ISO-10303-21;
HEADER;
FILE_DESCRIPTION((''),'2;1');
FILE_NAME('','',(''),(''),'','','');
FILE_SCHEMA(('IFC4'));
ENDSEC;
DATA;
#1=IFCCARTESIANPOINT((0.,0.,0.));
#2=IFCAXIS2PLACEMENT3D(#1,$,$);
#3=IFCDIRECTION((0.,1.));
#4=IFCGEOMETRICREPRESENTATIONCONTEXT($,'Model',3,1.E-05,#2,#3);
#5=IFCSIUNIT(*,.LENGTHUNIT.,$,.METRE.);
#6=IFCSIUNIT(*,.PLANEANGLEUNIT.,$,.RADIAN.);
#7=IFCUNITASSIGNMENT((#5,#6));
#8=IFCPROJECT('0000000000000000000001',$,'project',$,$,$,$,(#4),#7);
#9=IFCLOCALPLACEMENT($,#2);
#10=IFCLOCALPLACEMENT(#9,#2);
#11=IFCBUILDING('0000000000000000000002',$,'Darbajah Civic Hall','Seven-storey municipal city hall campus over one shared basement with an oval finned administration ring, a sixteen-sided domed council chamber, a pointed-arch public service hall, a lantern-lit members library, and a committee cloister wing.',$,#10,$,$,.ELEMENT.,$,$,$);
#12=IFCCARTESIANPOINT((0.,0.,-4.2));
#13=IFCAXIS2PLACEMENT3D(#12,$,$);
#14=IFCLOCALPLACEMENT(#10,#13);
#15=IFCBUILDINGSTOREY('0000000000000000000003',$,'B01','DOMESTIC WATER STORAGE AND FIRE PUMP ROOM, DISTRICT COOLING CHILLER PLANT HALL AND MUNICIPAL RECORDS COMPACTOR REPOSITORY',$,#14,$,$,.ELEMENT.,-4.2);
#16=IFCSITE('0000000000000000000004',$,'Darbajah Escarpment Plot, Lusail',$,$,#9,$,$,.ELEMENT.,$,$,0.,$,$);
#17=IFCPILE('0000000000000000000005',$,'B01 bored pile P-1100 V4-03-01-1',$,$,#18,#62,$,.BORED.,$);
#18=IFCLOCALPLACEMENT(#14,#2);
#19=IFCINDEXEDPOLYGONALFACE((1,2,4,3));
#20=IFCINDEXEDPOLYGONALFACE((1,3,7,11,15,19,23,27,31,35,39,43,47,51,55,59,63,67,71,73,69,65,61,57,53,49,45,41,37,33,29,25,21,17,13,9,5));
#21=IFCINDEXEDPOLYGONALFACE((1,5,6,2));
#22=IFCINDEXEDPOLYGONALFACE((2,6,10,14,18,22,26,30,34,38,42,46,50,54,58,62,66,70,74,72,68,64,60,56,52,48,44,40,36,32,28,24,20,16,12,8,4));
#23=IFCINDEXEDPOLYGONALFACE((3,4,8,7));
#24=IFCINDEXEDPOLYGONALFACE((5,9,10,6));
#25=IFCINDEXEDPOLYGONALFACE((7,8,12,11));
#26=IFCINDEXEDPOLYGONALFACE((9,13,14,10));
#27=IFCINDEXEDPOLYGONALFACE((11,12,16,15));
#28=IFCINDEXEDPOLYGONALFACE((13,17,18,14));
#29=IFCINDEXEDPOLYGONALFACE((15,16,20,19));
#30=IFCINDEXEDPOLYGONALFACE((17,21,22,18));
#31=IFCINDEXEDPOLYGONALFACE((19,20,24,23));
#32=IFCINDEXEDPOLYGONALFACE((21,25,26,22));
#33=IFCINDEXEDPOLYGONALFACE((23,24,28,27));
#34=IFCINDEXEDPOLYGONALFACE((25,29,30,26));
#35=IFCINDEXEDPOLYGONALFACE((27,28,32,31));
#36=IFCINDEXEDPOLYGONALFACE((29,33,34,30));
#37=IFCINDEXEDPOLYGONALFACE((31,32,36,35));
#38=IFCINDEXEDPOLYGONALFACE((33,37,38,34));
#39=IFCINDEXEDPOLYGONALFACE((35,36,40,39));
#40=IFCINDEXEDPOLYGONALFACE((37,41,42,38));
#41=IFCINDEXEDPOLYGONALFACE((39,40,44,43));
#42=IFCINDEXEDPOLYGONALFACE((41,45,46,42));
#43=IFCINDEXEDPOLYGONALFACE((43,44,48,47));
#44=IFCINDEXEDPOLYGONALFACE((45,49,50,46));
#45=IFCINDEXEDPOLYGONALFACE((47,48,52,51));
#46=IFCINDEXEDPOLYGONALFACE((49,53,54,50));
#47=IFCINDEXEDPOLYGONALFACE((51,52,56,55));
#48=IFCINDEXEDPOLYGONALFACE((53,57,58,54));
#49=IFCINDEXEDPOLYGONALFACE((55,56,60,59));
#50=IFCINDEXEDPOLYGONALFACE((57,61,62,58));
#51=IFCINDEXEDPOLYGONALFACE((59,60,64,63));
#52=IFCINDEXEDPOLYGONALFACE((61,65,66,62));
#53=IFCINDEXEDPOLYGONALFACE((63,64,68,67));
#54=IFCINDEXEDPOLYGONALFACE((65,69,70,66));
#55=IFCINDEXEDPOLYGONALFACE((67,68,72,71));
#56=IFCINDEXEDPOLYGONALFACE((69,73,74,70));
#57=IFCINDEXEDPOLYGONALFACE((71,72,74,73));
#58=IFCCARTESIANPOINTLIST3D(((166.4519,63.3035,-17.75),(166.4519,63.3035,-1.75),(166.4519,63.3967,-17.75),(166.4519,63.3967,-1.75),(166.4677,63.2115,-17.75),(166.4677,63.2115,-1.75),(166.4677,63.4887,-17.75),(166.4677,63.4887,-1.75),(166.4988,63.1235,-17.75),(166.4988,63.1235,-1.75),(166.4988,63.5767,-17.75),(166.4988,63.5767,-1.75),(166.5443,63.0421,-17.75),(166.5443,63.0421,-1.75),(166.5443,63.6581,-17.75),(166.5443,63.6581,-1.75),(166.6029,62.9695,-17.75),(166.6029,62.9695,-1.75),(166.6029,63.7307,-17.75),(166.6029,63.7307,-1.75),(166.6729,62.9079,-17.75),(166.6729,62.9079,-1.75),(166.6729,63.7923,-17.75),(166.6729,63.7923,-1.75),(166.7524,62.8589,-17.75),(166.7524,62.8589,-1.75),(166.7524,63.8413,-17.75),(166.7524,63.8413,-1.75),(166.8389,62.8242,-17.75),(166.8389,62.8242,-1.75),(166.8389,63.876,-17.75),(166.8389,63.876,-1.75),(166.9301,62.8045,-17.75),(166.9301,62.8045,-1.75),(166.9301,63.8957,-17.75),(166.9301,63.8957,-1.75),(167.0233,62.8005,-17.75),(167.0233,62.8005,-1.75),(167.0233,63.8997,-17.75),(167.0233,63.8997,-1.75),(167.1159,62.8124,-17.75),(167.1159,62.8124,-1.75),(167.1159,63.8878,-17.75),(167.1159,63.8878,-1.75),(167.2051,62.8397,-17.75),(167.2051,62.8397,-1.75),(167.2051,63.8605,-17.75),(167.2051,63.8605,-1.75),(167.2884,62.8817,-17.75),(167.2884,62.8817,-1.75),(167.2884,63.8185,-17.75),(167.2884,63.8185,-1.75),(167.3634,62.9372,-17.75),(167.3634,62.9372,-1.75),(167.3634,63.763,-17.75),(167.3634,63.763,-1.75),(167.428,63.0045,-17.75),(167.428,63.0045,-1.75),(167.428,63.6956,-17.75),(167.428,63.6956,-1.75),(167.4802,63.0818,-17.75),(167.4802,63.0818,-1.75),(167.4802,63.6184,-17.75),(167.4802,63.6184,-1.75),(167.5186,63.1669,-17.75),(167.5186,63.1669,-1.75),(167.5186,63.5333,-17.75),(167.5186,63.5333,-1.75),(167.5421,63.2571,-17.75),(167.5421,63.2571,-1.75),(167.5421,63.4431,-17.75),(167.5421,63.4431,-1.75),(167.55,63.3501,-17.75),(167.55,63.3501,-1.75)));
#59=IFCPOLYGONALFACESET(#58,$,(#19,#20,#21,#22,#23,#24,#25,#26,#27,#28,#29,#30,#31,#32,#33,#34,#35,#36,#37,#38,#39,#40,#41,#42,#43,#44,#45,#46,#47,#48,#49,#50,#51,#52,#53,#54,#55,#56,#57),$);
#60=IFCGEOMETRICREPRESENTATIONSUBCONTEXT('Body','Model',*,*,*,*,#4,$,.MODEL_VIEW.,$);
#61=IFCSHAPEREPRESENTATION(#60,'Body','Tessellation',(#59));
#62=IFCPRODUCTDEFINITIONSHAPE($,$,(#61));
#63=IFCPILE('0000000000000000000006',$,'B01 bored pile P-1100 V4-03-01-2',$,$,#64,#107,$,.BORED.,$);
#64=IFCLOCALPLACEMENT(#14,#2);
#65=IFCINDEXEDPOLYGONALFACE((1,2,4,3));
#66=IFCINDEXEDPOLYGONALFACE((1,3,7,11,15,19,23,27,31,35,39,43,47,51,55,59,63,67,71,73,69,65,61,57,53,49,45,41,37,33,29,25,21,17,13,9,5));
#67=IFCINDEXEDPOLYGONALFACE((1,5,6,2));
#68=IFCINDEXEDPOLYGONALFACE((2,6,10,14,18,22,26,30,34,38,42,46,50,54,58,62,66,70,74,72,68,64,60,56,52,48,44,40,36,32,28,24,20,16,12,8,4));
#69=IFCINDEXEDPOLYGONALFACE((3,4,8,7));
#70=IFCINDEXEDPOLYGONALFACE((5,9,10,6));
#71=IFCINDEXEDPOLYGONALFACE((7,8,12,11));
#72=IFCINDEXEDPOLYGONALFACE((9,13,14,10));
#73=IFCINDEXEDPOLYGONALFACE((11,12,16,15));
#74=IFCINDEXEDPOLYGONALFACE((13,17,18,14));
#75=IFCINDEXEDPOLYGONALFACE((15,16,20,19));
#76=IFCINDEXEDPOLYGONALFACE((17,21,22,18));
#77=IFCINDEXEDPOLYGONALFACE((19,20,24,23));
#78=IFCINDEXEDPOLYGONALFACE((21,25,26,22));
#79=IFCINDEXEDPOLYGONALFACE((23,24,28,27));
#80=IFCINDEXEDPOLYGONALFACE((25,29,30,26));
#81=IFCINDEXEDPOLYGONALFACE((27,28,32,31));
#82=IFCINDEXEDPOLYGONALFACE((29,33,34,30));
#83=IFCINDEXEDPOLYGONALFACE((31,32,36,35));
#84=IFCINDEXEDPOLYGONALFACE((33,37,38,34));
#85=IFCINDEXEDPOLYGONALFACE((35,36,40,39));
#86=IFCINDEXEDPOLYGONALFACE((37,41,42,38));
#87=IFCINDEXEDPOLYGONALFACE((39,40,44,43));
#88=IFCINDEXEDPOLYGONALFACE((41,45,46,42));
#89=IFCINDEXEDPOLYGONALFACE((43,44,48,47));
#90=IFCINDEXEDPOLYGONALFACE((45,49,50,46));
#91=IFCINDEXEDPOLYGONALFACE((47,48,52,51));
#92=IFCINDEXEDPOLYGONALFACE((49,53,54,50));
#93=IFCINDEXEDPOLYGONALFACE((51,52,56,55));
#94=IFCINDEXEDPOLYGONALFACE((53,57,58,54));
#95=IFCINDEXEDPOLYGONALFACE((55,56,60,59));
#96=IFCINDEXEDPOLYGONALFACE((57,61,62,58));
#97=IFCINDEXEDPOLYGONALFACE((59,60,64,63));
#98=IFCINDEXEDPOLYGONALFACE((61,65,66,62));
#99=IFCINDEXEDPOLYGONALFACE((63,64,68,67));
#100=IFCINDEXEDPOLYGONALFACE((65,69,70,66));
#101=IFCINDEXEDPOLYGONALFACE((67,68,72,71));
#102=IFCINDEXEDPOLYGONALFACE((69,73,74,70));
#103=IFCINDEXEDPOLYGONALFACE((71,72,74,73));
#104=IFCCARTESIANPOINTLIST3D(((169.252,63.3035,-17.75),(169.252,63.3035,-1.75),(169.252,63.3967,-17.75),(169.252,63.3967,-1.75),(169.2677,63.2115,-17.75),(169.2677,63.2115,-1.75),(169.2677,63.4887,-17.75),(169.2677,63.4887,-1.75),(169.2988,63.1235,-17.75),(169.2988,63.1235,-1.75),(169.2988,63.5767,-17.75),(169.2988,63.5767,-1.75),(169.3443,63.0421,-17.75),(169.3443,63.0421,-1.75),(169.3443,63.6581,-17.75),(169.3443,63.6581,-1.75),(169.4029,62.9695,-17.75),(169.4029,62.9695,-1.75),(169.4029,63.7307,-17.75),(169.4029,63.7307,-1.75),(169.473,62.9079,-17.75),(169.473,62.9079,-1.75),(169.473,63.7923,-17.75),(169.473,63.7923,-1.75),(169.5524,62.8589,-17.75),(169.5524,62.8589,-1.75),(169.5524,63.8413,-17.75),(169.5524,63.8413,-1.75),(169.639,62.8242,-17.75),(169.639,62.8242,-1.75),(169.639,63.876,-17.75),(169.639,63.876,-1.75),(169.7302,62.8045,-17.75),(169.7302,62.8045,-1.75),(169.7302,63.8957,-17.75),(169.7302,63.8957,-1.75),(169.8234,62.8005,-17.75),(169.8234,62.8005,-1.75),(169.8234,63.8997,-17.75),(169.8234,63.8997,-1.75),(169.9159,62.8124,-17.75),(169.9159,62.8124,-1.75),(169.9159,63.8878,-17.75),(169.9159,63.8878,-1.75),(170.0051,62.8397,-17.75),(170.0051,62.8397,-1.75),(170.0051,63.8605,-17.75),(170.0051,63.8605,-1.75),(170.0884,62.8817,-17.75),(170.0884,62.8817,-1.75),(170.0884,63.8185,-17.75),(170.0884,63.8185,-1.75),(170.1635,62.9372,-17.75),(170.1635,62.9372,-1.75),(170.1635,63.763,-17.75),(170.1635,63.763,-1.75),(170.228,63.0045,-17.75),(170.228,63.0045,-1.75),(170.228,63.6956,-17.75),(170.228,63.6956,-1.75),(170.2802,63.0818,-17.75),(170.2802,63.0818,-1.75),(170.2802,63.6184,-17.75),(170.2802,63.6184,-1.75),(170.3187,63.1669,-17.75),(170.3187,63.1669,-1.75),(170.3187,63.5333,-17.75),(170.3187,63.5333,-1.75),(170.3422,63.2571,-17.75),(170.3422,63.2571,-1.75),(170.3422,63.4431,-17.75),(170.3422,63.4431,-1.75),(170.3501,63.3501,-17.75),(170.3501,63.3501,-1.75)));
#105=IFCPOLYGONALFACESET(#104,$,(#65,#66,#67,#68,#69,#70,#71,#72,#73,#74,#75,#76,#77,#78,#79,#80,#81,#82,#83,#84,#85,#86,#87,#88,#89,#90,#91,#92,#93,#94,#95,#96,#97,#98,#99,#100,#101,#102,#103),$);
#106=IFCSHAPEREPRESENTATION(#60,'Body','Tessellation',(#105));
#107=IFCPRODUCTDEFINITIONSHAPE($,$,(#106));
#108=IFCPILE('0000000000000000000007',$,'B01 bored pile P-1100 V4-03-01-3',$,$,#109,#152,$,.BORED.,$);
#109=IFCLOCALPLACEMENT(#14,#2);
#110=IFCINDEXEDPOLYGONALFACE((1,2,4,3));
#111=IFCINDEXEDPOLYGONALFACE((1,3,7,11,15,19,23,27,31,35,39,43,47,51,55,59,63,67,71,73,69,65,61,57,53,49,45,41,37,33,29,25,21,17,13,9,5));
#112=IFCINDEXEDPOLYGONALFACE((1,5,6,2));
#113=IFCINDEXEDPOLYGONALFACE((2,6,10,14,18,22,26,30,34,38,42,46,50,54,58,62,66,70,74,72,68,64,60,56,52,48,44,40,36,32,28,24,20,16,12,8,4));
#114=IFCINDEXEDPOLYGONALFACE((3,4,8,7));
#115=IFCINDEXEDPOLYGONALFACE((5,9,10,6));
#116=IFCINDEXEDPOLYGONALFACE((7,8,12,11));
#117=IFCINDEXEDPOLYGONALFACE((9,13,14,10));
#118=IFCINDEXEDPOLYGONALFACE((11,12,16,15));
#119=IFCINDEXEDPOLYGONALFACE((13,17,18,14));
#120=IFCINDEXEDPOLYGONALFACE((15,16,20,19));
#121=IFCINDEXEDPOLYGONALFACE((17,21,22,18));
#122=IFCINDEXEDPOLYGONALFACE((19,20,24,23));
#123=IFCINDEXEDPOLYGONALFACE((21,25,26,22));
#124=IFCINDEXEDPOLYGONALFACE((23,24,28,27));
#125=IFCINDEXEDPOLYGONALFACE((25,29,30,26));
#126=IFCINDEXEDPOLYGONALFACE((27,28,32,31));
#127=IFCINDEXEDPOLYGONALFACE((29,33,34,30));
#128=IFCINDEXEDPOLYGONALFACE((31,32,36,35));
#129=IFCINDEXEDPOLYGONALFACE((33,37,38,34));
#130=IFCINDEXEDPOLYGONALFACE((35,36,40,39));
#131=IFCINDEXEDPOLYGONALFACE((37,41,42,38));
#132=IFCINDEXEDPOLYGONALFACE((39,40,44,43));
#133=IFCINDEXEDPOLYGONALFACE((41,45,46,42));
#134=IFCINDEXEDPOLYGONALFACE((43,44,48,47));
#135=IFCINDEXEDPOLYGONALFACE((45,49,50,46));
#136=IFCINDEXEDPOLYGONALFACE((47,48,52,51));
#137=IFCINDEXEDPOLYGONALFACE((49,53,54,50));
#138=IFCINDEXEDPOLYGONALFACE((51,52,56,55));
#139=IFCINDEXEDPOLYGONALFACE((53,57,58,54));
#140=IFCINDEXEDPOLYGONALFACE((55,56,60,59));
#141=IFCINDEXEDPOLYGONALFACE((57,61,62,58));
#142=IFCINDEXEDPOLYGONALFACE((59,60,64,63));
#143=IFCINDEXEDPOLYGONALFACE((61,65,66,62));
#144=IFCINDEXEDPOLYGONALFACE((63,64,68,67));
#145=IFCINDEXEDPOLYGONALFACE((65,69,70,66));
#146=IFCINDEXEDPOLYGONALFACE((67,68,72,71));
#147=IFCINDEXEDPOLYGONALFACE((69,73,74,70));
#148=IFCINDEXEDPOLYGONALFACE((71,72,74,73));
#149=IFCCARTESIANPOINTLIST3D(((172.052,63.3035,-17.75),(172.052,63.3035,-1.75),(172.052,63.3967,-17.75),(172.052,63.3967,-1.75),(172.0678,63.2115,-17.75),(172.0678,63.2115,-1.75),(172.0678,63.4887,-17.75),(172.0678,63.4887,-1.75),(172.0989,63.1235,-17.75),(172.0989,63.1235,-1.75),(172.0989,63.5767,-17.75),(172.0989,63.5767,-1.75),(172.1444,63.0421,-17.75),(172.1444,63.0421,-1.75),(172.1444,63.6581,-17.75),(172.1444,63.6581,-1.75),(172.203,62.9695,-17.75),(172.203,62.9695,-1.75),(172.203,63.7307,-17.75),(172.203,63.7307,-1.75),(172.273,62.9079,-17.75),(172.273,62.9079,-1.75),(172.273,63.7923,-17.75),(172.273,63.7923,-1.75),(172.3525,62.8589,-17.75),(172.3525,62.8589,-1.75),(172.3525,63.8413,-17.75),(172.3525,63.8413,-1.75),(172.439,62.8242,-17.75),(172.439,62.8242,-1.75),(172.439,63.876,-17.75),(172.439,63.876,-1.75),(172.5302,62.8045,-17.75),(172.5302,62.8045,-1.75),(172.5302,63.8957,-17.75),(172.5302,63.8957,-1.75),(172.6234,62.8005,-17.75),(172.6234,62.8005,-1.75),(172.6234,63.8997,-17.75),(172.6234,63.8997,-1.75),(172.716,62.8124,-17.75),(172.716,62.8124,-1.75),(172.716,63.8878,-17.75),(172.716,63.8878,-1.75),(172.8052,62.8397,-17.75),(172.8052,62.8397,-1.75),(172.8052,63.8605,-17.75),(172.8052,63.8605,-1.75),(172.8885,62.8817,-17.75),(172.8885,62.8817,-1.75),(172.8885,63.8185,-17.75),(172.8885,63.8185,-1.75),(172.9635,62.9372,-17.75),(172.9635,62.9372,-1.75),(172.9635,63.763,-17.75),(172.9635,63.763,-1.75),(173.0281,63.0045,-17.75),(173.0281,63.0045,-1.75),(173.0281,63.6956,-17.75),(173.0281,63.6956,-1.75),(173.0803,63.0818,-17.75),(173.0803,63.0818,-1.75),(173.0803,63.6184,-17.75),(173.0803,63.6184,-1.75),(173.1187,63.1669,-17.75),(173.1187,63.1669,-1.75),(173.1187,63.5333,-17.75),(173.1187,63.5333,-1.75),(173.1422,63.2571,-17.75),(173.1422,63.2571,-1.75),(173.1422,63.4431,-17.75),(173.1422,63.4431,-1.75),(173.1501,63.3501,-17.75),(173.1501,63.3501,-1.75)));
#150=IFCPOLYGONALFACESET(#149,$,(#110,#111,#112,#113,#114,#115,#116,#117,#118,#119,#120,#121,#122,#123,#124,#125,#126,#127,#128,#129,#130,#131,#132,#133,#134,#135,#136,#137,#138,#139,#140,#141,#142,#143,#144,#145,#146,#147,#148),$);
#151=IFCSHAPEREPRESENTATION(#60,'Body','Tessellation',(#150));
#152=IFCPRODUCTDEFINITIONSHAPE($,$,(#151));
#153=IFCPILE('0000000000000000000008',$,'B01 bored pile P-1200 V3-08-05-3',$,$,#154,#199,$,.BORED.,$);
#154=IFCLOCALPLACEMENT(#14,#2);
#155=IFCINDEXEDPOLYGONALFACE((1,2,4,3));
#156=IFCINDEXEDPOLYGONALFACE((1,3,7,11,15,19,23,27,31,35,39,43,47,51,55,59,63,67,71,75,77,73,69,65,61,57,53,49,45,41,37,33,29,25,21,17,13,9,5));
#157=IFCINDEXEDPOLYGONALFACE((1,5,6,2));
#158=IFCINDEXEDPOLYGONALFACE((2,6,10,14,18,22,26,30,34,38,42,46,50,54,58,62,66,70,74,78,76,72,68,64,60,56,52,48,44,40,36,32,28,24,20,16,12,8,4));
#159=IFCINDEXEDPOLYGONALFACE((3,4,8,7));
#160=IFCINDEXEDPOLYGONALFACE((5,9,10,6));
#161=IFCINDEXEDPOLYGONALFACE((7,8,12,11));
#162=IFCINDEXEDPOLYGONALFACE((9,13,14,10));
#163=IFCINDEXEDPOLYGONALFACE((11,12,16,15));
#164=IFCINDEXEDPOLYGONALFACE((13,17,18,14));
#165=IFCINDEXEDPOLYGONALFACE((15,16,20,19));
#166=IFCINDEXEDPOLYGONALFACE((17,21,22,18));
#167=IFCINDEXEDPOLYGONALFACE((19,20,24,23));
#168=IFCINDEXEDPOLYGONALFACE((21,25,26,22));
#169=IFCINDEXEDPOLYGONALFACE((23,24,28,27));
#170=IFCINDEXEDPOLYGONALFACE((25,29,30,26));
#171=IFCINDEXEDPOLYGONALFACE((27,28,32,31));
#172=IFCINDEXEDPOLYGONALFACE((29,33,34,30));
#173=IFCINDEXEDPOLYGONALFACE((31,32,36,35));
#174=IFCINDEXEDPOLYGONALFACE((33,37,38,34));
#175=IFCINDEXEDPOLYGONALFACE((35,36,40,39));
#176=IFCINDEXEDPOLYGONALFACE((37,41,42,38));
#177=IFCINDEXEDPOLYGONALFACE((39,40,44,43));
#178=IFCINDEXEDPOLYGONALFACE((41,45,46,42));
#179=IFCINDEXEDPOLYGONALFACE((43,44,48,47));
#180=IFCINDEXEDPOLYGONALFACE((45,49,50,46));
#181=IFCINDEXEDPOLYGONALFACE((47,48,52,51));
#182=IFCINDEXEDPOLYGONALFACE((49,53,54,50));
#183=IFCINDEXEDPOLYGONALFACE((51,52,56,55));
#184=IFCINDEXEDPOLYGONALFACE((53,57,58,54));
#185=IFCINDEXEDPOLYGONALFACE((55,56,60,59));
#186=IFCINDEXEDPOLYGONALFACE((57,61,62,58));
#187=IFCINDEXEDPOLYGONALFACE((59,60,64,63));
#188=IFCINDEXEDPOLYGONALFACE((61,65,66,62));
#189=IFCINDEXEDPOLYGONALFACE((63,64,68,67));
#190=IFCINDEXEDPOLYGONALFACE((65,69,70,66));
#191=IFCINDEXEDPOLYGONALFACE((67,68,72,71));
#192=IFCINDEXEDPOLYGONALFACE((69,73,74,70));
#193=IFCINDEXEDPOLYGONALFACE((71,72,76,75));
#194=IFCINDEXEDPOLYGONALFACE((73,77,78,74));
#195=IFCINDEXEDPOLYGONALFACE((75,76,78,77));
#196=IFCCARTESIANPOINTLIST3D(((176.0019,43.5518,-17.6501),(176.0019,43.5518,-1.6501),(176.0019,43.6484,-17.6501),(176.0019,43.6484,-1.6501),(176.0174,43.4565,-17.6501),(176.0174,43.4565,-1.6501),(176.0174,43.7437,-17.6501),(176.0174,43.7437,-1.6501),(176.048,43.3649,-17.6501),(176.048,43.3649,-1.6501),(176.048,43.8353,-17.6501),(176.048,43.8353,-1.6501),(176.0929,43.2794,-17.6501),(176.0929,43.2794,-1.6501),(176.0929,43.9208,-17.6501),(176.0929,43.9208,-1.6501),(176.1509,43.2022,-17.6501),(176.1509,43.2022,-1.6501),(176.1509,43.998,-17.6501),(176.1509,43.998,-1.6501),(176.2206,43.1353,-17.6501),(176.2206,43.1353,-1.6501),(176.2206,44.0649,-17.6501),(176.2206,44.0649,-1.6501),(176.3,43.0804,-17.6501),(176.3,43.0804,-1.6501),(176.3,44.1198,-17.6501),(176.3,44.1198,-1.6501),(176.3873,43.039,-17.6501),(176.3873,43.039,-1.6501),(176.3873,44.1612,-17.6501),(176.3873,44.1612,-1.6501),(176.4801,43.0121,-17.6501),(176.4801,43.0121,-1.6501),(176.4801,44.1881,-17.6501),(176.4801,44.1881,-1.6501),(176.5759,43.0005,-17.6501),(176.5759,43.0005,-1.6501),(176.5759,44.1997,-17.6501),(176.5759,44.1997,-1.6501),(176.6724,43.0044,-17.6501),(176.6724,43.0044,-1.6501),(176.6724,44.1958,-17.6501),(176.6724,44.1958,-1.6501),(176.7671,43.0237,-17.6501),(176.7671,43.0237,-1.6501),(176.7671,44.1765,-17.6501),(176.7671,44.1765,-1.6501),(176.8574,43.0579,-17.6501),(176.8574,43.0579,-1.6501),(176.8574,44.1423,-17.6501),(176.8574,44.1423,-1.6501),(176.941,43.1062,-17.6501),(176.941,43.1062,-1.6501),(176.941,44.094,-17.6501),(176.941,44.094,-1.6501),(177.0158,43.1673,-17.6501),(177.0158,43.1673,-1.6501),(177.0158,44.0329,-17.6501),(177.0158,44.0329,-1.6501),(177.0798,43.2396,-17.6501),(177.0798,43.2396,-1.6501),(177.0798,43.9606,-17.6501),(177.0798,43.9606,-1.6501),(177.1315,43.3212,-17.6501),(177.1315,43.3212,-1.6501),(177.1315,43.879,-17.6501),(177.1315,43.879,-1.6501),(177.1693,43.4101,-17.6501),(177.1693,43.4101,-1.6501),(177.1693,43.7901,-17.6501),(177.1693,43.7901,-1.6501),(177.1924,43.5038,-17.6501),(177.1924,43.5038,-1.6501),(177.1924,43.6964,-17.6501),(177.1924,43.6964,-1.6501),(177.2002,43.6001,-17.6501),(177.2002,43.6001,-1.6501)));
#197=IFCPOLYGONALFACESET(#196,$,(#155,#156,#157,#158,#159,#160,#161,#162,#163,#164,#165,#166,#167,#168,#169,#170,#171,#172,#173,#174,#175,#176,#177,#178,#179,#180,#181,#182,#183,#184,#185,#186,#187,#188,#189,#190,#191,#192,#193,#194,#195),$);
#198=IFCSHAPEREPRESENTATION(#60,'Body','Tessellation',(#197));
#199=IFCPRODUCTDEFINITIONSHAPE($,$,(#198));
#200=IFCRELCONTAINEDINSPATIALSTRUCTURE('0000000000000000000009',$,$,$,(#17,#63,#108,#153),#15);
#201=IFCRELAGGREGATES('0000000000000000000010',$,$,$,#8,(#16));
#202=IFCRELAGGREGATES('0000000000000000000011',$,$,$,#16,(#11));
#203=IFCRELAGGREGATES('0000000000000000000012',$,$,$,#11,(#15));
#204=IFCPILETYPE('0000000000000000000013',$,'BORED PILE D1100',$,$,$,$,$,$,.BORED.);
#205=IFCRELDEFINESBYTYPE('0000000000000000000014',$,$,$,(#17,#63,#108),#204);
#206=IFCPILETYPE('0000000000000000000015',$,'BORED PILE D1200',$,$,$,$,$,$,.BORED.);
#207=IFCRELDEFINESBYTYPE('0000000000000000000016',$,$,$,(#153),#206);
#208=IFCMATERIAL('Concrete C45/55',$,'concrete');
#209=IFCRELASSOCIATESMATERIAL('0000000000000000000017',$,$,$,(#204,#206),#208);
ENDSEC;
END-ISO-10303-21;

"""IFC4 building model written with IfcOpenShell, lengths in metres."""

from ifc_helpers import new_model, si_unit, direction, frame, origin, origin_2d, place, context, subcontext, project, spatial, circle, extrude, material, material_profile, profile_set, type_object, element, save


model = new_model("IFC4")

# Units and contexts
model_context = context("Model", 3, precision=1e-05, world=origin(), true_north=direction((0.0, 1.0)))
body_context = subcontext(model_context, "Body", "Model", "MODEL_VIEW")
ifc_project = project(units=[si_unit("LENGTHUNIT", "METRE"), si_unit("PLANEANGLEUNIT", "RADIAN")], contexts=[model_context])

# Site, building, storey
site_placement = place(None, origin())
site = spatial("IfcSite", under=ifc_project, at=site_placement, Name="Darbajah Escarpment Plot, Lusail", CompositionType="ELEMENT", RefElevation=0.0)
building_placement = place(site_placement, origin())
building = spatial("IfcBuilding", under=site, at=building_placement, Name="Darbajah Civic Hall", Description="Seven-storey municipal city hall campus over one shared basement with an oval finned administration ring, a sixteen-sided domed council chamber, a pointed-arch public service hall, a lantern-lit members library, and a committee cloister wing.", CompositionType="ELEMENT")
storey_placement = place(building_placement, frame((0.0, 0.0, -4.2)))
storey = spatial("IfcBuildingStorey", under=building, at=storey_placement, Name="B01", Description="DOMESTIC WATER STORAGE AND FIRE PUMP ROOM, DISTRICT COOLING CHILLER PLANT HALL AND MUNICIPAL RECORDS COMPACTOR REPOSITORY", CompositionType="ELEMENT", Elevation=-4.2)

# Piles
ifc_material_1 = material(Name="Concrete C45/55", Category="concrete")
ifc_material_profile_1 = material_profile(ifc_material_1, circle(Radius=0.55, at=origin_2d()), Name="BORED PILE D1100")
ifc_profile_set_1 = profile_set([ifc_material_profile_1], Name="Concrete C45/55")
pile_type_1 = type_object("IfcPileType", Name="BORED PILE D1100", PredefinedType="BORED", material=ifc_profile_set_1)
for number, where, z_axis, x_axis, name in (
    (1, (167.0, 63.3501, -1.75), (0.0, 0.0, -1.0), (1.0, 0.0, 0.0), "B01 bored pile P-1100 V4-03-01-1"),
    (2, (169.8, 63.3501, -1.75), (0.0, 0.0, -1.0), (1.0, 0.0, 0.0), "B01 bored pile P-1100 V4-03-01-2"),
    (3, (172.6001, 63.3501, -1.75), (0.0, 0.0, -1.0), (1.0, 0.0, 0.0), "B01 bored pile P-1100 V4-03-01-3"),
):
    element("IfcPile", number, at=place(storey_placement, frame(where, z_axis=z_axis, x_axis=x_axis)), inside=storey, type_object=pile_type_1, Name=name, PredefinedType="BORED", context=body_context, shape_type="SweptSolid", body=[
        extrude(circle(Radius=0.55, at=origin_2d()), origin(), (0.0, 0.0, 1.0), 16.0),
    ])
ifc_material_profile_2 = material_profile(ifc_material_1, circle(Radius=0.6001, at=origin_2d()), Name="BORED PILE D1200")
ifc_profile_set_2 = profile_set([ifc_material_profile_2], Name="Concrete C45/55")
pile_type_2 = type_object("IfcPileType", Name="BORED PILE D1200", PredefinedType="BORED", material=ifc_profile_set_2)
for number, where, z_axis, x_axis, name in (
    (4, (176.6001, 43.6001, -1.6501), (0.0, 0.0, -1.0), (1.0, 0.0, 0.0), "B01 bored pile P-1200 V3-08-05-3"),
):
    element("IfcPile", number, at=place(storey_placement, frame(where, z_axis=z_axis, x_axis=x_axis)), inside=storey, type_object=pile_type_2, Name=name, PredefinedType="BORED", context=body_context, shape_type="SweptSolid", body=[
        extrude(circle(Radius=0.6001, at=origin_2d()), origin(), (0.0, 0.0, 1.0), 16.0),
    ])

save(model, "model.ifc")
